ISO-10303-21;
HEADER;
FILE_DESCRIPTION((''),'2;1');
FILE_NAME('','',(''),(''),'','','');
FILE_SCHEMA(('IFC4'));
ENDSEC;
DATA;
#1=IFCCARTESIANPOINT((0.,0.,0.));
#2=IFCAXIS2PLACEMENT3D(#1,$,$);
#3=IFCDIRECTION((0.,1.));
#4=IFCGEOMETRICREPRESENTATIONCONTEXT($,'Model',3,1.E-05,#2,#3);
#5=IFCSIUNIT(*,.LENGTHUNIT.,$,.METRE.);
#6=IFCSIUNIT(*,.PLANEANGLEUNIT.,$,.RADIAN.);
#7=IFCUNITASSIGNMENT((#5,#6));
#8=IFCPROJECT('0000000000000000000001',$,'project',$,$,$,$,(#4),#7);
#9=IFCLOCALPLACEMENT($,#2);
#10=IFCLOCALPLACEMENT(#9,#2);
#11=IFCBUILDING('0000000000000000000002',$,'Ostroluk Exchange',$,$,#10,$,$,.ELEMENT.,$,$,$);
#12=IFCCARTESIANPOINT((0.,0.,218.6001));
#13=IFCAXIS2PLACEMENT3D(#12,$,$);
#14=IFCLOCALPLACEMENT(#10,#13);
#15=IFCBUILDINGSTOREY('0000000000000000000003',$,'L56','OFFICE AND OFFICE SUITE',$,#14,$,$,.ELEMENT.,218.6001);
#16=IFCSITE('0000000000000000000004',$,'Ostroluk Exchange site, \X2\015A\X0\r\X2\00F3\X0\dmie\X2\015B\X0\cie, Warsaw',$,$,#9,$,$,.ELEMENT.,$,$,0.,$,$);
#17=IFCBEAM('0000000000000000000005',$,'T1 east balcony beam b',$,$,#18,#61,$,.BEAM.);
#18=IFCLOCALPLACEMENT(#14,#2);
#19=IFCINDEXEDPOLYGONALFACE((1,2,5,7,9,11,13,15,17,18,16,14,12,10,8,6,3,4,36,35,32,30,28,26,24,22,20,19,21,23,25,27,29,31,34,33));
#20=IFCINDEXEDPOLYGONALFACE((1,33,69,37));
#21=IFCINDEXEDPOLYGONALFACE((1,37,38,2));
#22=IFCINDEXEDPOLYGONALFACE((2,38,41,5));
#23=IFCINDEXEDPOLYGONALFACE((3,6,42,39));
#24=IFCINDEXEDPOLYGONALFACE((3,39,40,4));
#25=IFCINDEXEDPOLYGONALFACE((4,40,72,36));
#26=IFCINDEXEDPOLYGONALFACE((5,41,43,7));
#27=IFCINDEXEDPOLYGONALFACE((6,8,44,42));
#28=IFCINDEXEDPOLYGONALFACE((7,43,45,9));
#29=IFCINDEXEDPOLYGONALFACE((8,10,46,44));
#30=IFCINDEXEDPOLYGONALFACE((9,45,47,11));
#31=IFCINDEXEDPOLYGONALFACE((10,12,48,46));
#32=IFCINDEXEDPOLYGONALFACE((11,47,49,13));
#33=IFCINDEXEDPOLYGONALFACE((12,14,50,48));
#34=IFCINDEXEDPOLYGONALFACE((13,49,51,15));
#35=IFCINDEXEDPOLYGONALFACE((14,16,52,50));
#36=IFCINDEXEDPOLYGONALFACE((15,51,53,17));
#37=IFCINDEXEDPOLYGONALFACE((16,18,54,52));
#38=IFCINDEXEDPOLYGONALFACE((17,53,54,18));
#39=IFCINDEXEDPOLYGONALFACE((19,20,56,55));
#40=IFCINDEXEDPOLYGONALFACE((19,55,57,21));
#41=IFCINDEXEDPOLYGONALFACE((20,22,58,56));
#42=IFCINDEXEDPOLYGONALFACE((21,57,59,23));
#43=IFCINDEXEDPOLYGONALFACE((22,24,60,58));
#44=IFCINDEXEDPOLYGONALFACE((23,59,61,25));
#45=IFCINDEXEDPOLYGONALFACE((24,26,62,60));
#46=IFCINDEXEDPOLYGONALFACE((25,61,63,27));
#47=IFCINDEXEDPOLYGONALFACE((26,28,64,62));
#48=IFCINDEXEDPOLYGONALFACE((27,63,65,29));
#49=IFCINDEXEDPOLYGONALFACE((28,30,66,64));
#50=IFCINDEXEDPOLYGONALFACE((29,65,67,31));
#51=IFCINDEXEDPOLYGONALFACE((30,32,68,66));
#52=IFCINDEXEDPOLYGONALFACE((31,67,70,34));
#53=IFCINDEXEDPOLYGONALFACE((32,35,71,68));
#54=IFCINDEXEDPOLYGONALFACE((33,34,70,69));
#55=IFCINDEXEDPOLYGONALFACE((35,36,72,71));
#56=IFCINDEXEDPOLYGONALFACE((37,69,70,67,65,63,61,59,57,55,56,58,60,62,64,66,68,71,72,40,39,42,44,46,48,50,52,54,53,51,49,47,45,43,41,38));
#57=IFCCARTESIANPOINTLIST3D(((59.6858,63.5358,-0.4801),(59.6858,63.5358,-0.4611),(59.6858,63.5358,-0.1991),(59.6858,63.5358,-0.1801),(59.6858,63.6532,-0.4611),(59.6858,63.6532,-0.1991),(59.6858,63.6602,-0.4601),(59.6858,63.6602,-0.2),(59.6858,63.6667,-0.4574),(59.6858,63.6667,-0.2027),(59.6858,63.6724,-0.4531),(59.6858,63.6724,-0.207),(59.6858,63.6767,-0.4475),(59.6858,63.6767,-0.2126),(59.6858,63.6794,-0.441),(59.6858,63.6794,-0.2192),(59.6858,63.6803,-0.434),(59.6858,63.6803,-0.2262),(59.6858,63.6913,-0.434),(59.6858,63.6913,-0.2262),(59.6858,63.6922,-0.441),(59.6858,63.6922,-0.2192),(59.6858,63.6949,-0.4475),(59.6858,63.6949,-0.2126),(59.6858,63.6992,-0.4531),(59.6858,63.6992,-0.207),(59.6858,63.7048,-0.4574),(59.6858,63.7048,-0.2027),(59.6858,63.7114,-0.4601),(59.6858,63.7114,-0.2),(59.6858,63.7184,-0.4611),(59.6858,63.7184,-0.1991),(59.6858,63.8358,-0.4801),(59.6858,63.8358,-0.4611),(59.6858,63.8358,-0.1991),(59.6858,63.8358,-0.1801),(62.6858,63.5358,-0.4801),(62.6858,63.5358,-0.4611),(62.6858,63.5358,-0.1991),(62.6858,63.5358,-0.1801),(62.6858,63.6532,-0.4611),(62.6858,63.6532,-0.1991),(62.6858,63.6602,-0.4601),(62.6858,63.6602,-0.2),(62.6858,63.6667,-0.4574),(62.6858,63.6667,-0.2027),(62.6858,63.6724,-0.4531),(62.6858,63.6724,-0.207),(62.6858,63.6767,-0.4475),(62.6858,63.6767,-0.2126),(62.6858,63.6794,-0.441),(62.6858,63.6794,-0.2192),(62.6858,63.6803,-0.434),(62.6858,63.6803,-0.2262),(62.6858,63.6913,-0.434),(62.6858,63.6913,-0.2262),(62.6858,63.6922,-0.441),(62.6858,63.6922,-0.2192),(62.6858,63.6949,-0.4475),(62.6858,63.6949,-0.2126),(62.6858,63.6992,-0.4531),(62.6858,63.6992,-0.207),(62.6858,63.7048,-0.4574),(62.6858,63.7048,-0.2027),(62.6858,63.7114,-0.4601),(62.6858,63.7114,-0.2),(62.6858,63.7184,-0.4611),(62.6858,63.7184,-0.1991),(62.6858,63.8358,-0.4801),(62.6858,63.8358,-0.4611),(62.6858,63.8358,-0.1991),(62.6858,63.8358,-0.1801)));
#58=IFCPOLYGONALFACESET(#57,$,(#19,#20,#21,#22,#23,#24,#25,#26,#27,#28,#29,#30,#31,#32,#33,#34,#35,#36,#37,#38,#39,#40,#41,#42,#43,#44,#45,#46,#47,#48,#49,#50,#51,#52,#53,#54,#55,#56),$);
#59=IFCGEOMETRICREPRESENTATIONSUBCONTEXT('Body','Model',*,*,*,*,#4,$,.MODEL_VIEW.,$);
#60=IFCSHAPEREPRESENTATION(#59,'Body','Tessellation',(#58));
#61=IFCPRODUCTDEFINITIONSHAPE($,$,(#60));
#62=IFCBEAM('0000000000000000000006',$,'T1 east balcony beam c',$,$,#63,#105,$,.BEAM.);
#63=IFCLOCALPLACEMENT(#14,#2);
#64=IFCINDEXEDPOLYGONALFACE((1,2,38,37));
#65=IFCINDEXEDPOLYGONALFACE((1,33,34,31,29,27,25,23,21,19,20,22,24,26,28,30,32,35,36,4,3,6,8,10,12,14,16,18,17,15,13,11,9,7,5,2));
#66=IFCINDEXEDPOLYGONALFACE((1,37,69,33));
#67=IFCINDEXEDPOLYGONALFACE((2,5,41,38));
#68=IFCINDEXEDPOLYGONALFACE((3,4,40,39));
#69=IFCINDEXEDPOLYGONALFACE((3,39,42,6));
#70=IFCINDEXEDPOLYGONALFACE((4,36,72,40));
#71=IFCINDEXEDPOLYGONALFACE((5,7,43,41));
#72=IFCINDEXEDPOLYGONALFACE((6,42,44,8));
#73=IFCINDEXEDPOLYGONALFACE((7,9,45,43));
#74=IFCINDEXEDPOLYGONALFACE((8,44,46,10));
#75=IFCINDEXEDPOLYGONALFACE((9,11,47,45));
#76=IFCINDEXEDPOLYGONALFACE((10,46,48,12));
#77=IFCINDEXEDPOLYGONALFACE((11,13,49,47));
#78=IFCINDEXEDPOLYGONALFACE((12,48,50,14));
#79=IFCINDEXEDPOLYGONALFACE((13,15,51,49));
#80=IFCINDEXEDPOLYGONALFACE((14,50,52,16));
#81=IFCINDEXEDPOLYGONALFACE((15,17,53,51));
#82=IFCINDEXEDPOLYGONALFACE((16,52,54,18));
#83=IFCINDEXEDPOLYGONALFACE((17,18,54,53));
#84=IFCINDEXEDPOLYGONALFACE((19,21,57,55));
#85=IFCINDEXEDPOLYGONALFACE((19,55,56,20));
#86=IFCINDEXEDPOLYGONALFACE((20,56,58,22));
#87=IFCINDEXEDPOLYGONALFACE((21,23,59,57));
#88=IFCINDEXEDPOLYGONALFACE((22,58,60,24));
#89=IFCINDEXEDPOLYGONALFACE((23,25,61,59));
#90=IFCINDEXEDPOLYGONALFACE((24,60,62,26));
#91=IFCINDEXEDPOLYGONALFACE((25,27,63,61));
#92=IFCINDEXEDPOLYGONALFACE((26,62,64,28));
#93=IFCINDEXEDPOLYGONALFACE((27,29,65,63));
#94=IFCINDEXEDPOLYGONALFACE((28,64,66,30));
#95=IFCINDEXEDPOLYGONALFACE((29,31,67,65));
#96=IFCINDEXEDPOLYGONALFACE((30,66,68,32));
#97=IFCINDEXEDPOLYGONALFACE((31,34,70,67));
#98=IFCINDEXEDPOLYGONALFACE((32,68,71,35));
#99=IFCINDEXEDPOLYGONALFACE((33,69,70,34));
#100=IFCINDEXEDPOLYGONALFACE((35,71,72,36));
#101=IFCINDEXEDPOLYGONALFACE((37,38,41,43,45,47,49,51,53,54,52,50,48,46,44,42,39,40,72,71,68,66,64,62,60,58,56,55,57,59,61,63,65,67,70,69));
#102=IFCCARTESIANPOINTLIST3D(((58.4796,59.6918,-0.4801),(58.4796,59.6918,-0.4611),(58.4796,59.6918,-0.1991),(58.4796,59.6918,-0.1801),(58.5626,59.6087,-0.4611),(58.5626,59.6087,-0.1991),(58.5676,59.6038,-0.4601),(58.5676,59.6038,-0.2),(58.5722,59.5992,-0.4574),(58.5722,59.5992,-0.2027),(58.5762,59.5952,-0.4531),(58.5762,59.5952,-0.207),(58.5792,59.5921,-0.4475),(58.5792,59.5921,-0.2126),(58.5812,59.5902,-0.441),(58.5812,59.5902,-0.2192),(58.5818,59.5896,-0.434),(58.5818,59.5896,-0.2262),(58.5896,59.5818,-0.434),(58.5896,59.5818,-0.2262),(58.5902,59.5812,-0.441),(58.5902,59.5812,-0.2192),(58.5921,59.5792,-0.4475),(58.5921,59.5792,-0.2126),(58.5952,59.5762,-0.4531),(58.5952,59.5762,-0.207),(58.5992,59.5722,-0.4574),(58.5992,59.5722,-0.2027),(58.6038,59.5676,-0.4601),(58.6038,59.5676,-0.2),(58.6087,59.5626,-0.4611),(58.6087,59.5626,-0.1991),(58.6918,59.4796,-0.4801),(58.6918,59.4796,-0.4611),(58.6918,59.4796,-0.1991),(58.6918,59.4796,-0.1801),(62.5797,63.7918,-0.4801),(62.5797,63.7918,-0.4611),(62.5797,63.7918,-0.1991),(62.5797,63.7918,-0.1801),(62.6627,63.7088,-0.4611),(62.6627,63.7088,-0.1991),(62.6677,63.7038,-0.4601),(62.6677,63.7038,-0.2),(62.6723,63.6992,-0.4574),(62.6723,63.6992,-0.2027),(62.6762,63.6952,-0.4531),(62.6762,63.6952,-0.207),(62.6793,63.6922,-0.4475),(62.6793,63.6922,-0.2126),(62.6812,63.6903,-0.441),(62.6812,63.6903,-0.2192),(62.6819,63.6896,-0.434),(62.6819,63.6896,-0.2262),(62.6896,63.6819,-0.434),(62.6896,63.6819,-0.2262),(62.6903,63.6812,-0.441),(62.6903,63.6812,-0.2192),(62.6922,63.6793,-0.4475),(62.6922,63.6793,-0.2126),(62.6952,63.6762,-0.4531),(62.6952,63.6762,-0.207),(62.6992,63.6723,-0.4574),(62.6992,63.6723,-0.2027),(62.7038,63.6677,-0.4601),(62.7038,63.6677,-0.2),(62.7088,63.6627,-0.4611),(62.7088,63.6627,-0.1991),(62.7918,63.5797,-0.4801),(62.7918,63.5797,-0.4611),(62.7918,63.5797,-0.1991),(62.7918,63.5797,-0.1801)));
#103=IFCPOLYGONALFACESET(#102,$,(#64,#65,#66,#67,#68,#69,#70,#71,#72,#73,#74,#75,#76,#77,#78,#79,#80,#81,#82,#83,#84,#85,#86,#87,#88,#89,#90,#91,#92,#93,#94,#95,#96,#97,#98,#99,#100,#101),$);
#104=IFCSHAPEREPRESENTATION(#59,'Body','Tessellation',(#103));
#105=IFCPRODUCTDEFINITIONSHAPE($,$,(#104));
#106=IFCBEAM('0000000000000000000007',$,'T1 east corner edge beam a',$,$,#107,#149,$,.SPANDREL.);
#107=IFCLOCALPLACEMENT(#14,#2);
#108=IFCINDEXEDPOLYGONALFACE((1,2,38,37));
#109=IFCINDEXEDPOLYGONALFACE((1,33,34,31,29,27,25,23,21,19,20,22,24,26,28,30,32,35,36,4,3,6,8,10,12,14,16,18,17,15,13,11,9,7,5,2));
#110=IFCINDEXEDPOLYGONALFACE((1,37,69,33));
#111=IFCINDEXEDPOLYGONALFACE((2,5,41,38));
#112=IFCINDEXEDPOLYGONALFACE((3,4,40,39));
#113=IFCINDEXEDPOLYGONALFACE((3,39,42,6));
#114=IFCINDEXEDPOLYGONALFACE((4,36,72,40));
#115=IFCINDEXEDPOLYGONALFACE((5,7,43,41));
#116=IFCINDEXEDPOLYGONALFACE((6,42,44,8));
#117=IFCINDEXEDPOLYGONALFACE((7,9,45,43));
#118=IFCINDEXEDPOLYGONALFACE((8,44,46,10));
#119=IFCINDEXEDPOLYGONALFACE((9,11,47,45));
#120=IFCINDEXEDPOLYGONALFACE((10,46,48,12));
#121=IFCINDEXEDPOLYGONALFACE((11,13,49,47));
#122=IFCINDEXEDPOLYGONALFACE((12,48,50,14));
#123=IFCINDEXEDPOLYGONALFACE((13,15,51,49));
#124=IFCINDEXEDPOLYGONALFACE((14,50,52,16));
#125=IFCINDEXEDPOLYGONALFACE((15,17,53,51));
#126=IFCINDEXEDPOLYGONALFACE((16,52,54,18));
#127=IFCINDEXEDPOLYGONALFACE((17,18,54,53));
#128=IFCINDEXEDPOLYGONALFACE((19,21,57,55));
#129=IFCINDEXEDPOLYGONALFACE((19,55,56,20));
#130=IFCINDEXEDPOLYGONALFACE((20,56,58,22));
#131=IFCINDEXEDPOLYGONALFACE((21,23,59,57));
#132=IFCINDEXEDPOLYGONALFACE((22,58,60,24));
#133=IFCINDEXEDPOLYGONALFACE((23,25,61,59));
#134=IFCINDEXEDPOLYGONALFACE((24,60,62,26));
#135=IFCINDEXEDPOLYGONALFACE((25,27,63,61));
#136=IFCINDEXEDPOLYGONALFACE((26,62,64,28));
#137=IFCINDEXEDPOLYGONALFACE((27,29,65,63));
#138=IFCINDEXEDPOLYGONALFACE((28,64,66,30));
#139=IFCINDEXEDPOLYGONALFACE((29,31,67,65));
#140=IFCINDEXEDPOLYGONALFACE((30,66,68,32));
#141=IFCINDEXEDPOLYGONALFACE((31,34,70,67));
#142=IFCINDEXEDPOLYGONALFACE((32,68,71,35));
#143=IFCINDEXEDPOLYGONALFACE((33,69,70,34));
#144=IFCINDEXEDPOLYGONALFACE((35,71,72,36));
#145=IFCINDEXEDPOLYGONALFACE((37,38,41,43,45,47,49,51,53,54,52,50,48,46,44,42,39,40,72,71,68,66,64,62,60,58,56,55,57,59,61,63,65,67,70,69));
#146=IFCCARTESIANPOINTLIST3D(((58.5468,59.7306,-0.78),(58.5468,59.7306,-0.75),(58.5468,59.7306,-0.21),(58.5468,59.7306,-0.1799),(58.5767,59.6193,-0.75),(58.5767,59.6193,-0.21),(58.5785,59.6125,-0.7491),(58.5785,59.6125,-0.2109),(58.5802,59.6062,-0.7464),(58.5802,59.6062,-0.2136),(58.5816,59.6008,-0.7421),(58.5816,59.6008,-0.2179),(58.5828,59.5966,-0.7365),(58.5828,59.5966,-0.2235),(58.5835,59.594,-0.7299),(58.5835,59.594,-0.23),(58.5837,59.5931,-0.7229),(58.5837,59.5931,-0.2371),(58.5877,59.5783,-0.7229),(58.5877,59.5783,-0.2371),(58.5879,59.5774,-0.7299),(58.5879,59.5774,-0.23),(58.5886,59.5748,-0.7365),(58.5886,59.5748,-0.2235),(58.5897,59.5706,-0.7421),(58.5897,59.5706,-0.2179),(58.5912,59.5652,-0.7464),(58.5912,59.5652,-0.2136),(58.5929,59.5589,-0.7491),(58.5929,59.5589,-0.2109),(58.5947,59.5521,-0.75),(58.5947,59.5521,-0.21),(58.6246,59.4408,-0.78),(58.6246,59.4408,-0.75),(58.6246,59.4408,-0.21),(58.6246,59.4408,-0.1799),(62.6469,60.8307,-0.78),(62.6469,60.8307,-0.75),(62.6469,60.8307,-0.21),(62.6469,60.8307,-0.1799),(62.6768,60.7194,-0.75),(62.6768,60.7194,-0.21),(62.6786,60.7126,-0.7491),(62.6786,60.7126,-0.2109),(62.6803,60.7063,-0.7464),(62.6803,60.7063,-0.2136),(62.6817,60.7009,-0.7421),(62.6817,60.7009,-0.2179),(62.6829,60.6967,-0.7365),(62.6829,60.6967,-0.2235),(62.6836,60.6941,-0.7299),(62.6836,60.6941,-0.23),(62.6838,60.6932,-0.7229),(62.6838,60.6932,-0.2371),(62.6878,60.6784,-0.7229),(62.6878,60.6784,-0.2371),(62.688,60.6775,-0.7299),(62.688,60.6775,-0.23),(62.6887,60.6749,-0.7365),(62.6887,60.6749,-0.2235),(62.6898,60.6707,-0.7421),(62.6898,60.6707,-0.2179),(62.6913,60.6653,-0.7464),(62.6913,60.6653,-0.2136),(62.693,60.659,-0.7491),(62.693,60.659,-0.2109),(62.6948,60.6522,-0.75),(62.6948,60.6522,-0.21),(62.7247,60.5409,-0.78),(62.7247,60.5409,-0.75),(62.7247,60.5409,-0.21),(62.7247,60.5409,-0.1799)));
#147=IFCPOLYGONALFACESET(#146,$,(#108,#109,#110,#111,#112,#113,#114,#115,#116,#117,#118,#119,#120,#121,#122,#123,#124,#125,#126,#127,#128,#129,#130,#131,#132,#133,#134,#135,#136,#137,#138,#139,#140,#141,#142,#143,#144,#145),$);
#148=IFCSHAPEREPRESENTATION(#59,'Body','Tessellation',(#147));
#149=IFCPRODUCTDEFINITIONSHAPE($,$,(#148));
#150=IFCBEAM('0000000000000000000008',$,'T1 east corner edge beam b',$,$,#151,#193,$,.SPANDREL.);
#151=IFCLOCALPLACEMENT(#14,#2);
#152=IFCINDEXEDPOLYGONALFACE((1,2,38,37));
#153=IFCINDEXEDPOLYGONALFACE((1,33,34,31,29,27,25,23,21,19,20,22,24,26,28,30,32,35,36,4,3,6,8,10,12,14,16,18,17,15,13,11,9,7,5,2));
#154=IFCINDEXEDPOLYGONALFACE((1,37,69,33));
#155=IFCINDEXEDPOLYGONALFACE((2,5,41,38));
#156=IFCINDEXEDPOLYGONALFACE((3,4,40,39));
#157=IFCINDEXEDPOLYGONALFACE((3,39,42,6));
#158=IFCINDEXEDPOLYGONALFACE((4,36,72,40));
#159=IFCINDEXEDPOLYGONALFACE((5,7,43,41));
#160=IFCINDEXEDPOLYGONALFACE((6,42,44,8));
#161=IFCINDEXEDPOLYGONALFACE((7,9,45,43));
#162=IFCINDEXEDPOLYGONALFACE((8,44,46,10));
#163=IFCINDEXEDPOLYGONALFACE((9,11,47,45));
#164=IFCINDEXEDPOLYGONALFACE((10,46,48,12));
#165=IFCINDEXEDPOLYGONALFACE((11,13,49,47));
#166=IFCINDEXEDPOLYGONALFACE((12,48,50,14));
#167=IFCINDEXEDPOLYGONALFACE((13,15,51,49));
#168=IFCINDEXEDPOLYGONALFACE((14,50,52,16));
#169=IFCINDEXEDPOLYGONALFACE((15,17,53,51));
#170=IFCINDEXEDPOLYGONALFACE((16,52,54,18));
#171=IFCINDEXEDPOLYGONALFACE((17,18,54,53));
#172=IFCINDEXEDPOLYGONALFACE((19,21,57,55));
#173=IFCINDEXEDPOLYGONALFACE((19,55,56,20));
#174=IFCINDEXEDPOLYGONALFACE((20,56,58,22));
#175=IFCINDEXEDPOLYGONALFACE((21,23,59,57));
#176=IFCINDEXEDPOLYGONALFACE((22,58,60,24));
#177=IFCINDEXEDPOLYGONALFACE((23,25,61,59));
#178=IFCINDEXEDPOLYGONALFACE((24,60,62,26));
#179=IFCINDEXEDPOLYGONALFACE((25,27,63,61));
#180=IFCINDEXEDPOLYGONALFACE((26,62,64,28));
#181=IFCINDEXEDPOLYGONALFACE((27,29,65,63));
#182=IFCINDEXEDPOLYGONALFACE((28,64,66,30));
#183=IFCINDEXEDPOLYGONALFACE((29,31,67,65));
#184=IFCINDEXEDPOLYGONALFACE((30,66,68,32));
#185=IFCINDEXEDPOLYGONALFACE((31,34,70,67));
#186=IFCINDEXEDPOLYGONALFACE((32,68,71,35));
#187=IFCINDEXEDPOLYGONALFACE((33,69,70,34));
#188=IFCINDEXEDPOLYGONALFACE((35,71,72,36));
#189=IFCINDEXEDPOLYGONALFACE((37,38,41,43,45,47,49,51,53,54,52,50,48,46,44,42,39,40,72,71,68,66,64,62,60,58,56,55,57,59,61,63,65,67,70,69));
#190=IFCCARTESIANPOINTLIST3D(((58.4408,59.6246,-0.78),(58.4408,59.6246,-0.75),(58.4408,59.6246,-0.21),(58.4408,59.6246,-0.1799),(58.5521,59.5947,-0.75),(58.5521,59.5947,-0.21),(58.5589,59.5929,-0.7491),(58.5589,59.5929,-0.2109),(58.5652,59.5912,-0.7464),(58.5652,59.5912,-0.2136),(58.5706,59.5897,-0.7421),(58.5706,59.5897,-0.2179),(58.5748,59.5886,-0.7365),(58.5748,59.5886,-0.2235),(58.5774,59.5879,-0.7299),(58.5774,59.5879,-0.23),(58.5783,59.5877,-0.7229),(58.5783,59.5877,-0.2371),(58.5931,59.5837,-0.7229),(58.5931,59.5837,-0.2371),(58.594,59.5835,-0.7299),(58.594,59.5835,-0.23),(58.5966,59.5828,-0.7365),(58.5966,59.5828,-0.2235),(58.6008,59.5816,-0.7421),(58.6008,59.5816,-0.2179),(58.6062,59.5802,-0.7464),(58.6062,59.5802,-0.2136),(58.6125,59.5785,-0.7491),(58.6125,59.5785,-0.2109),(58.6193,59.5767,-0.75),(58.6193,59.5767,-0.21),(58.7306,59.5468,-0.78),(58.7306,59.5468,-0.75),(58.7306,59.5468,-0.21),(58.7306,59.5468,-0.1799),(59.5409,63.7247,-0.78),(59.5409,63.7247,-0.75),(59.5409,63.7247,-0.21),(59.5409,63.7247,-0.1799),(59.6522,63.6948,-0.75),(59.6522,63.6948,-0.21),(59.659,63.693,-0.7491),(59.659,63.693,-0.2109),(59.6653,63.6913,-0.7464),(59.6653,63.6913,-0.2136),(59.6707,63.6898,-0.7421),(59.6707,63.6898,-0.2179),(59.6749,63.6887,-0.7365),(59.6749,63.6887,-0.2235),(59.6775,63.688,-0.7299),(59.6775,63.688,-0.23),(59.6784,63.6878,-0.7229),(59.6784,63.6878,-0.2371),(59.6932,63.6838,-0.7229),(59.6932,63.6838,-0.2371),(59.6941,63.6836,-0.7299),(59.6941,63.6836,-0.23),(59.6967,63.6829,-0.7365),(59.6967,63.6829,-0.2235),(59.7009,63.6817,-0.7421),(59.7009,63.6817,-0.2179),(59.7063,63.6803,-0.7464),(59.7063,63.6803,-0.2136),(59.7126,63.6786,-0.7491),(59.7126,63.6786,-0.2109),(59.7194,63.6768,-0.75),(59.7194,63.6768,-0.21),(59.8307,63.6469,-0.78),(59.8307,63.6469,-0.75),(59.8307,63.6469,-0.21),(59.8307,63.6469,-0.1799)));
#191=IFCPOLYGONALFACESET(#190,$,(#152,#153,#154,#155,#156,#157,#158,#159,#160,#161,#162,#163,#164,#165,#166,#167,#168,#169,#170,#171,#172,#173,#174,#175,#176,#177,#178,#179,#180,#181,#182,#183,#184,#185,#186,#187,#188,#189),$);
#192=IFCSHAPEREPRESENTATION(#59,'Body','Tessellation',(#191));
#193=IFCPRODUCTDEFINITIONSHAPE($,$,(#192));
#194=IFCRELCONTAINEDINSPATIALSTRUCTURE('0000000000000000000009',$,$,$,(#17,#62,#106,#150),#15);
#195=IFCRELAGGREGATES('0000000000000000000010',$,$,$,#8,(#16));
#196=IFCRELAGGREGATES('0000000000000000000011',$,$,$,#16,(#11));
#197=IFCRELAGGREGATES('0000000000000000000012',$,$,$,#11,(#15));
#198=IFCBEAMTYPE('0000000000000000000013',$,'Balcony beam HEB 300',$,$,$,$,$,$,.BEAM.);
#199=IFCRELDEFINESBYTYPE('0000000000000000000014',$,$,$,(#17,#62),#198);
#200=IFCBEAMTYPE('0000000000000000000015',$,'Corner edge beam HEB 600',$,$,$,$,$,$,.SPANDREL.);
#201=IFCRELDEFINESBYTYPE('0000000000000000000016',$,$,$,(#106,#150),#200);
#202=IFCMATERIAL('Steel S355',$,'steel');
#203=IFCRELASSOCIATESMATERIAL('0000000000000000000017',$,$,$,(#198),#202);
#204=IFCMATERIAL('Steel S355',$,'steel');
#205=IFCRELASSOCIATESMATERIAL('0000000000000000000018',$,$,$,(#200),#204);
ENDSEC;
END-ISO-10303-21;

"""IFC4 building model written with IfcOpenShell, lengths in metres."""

from ifc_helpers import new_model, si_unit, direction, frame, origin, origin_2d, place, context, subcontext, project, spatial, i_section, extrude, material, material_profile, profile_set, type_object, element, save


model = new_model("IFC4")

# Units and contexts
model_context = context("Model", 3, precision=1e-05, world=origin(), true_north=direction((0.0, 1.0)))
body_context = subcontext(model_context, "Body", "Model", "MODEL_VIEW")
ifc_project = project(units=[si_unit("LENGTHUNIT", "METRE"), si_unit("PLANEANGLEUNIT", "RADIAN")], contexts=[model_context])

# Site, building, storey
site_placement = place(None, origin())
site = spatial("IfcSite", under=ifc_project, at=site_placement, Name="Ostroluk Exchange site, Śródmieście, Warsaw", CompositionType="ELEMENT", RefElevation=0.0)
building_placement = place(site_placement, origin())
building = spatial("IfcBuilding", under=site, at=building_placement, Name="Ostroluk Exchange", CompositionType="ELEMENT")
storey_placement = place(building_placement, frame((0.0, 0.0, 218.6001)))
storey = spatial("IfcBuildingStorey", under=building, at=storey_placement, Name="L56", Description="OFFICE AND OFFICE SUITE", CompositionType="ELEMENT", Elevation=218.6001)

# Beams
ifc_material_1 = material(Name="Steel S355", Category="steel")
ifc_material_profile_1 = material_profile(ifc_material_1, i_section(OverallWidth=0.3, OverallDepth=0.3, WebThickness=0.011, FlangeThickness=0.019, FilletRadius=0.0271, at=origin_2d()), Name="HEB 300")
ifc_profile_set_1 = profile_set([ifc_material_profile_1], Name="Steel S355")
beam_type_1 = type_object("IfcBeamType", Name="Balcony beam HEB 300", PredefinedType="BEAM", material=ifc_profile_set_1)
for number, where, z_axis, x_axis, name in (
    (1, (59.6858, 63.6858, -0.3301), (1.0, 0.0, 0.0), (0.0, 1.0, 0.0), "T1 east balcony beam b"),
):
    element("IfcBeam", number, at=place(storey_placement, frame(where, z_axis=z_axis, x_axis=x_axis)), inside=storey, type_object=beam_type_1, Name=name, PredefinedType="BEAM", context=body_context, shape_type="SweptSolid", body=[
        extrude(i_section(OverallWidth=0.3, OverallDepth=0.3, WebThickness=0.011, FlangeThickness=0.019, FilletRadius=0.0271, at=origin_2d()), origin(), (0.0, 0.0, 1.0), 3.0),
    ])
beam_1_placement = place(storey_placement, frame((58.5857, 59.5857, -0.3301), z_axis=(0.707107, 0.707107, 0.0), x_axis=(-0.707107, 0.707107, 0.0)))
element("IfcBeam", 2, at=beam_1_placement, inside=storey, type_object=beam_type_1, Name="T1 east balcony beam c", PredefinedType="BEAM", context=body_context, shape_type="SweptSolid", body=[
    extrude(i_section(OverallWidth=0.3, OverallDepth=0.3, WebThickness=0.011, FlangeThickness=0.019, FilletRadius=0.0271, at=origin_2d()), origin(), (0.0, 0.0, 1.0), 5.7983),
])
ifc_material_2 = material(Name="Steel S355", Category="steel")
ifc_material_profile_2 = material_profile(ifc_material_2, i_section(OverallWidth=0.3, OverallDepth=0.6001, WebThickness=0.0154, FlangeThickness=0.03, FilletRadius=0.0271, at=origin_2d()), Name="HEB 600")
ifc_profile_set_2 = profile_set([ifc_material_profile_2], Name="Steel S355")
beam_type_2 = type_object("IfcBeamType", Name="Corner edge beam HEB 600", PredefinedType="SPANDREL", material=ifc_profile_set_2)
for number, where, z_axis, x_axis, name in (
    (3, (58.5857, 59.5857, -0.48), (0.965839, 0.259144, 0.0), (-0.259144, 0.965839, 0.0), "T1 east corner edge beam a"),
    (4, (58.5857, 59.5857, -0.48), (0.259144, 0.965839, 0.0), (-0.965839, 0.259144, 0.0), "T1 east corner edge beam b"),
):
    element("IfcBeam", number, at=place(storey_placement, frame(where, z_axis=z_axis, x_axis=x_axis)), inside=storey, type_object=beam_type_2, Name=name, PredefinedType="SPANDREL", context=body_context, shape_type="SweptSolid", body=[
        extrude(i_section(OverallWidth=0.3, OverallDepth=0.6001, WebThickness=0.0154, FlangeThickness=0.03, FilletRadius=0.0271, at=origin_2d()), origin(), (0.0, 0.0, 1.0), 4.2451),
    ])

save(model, "model.ifc")
